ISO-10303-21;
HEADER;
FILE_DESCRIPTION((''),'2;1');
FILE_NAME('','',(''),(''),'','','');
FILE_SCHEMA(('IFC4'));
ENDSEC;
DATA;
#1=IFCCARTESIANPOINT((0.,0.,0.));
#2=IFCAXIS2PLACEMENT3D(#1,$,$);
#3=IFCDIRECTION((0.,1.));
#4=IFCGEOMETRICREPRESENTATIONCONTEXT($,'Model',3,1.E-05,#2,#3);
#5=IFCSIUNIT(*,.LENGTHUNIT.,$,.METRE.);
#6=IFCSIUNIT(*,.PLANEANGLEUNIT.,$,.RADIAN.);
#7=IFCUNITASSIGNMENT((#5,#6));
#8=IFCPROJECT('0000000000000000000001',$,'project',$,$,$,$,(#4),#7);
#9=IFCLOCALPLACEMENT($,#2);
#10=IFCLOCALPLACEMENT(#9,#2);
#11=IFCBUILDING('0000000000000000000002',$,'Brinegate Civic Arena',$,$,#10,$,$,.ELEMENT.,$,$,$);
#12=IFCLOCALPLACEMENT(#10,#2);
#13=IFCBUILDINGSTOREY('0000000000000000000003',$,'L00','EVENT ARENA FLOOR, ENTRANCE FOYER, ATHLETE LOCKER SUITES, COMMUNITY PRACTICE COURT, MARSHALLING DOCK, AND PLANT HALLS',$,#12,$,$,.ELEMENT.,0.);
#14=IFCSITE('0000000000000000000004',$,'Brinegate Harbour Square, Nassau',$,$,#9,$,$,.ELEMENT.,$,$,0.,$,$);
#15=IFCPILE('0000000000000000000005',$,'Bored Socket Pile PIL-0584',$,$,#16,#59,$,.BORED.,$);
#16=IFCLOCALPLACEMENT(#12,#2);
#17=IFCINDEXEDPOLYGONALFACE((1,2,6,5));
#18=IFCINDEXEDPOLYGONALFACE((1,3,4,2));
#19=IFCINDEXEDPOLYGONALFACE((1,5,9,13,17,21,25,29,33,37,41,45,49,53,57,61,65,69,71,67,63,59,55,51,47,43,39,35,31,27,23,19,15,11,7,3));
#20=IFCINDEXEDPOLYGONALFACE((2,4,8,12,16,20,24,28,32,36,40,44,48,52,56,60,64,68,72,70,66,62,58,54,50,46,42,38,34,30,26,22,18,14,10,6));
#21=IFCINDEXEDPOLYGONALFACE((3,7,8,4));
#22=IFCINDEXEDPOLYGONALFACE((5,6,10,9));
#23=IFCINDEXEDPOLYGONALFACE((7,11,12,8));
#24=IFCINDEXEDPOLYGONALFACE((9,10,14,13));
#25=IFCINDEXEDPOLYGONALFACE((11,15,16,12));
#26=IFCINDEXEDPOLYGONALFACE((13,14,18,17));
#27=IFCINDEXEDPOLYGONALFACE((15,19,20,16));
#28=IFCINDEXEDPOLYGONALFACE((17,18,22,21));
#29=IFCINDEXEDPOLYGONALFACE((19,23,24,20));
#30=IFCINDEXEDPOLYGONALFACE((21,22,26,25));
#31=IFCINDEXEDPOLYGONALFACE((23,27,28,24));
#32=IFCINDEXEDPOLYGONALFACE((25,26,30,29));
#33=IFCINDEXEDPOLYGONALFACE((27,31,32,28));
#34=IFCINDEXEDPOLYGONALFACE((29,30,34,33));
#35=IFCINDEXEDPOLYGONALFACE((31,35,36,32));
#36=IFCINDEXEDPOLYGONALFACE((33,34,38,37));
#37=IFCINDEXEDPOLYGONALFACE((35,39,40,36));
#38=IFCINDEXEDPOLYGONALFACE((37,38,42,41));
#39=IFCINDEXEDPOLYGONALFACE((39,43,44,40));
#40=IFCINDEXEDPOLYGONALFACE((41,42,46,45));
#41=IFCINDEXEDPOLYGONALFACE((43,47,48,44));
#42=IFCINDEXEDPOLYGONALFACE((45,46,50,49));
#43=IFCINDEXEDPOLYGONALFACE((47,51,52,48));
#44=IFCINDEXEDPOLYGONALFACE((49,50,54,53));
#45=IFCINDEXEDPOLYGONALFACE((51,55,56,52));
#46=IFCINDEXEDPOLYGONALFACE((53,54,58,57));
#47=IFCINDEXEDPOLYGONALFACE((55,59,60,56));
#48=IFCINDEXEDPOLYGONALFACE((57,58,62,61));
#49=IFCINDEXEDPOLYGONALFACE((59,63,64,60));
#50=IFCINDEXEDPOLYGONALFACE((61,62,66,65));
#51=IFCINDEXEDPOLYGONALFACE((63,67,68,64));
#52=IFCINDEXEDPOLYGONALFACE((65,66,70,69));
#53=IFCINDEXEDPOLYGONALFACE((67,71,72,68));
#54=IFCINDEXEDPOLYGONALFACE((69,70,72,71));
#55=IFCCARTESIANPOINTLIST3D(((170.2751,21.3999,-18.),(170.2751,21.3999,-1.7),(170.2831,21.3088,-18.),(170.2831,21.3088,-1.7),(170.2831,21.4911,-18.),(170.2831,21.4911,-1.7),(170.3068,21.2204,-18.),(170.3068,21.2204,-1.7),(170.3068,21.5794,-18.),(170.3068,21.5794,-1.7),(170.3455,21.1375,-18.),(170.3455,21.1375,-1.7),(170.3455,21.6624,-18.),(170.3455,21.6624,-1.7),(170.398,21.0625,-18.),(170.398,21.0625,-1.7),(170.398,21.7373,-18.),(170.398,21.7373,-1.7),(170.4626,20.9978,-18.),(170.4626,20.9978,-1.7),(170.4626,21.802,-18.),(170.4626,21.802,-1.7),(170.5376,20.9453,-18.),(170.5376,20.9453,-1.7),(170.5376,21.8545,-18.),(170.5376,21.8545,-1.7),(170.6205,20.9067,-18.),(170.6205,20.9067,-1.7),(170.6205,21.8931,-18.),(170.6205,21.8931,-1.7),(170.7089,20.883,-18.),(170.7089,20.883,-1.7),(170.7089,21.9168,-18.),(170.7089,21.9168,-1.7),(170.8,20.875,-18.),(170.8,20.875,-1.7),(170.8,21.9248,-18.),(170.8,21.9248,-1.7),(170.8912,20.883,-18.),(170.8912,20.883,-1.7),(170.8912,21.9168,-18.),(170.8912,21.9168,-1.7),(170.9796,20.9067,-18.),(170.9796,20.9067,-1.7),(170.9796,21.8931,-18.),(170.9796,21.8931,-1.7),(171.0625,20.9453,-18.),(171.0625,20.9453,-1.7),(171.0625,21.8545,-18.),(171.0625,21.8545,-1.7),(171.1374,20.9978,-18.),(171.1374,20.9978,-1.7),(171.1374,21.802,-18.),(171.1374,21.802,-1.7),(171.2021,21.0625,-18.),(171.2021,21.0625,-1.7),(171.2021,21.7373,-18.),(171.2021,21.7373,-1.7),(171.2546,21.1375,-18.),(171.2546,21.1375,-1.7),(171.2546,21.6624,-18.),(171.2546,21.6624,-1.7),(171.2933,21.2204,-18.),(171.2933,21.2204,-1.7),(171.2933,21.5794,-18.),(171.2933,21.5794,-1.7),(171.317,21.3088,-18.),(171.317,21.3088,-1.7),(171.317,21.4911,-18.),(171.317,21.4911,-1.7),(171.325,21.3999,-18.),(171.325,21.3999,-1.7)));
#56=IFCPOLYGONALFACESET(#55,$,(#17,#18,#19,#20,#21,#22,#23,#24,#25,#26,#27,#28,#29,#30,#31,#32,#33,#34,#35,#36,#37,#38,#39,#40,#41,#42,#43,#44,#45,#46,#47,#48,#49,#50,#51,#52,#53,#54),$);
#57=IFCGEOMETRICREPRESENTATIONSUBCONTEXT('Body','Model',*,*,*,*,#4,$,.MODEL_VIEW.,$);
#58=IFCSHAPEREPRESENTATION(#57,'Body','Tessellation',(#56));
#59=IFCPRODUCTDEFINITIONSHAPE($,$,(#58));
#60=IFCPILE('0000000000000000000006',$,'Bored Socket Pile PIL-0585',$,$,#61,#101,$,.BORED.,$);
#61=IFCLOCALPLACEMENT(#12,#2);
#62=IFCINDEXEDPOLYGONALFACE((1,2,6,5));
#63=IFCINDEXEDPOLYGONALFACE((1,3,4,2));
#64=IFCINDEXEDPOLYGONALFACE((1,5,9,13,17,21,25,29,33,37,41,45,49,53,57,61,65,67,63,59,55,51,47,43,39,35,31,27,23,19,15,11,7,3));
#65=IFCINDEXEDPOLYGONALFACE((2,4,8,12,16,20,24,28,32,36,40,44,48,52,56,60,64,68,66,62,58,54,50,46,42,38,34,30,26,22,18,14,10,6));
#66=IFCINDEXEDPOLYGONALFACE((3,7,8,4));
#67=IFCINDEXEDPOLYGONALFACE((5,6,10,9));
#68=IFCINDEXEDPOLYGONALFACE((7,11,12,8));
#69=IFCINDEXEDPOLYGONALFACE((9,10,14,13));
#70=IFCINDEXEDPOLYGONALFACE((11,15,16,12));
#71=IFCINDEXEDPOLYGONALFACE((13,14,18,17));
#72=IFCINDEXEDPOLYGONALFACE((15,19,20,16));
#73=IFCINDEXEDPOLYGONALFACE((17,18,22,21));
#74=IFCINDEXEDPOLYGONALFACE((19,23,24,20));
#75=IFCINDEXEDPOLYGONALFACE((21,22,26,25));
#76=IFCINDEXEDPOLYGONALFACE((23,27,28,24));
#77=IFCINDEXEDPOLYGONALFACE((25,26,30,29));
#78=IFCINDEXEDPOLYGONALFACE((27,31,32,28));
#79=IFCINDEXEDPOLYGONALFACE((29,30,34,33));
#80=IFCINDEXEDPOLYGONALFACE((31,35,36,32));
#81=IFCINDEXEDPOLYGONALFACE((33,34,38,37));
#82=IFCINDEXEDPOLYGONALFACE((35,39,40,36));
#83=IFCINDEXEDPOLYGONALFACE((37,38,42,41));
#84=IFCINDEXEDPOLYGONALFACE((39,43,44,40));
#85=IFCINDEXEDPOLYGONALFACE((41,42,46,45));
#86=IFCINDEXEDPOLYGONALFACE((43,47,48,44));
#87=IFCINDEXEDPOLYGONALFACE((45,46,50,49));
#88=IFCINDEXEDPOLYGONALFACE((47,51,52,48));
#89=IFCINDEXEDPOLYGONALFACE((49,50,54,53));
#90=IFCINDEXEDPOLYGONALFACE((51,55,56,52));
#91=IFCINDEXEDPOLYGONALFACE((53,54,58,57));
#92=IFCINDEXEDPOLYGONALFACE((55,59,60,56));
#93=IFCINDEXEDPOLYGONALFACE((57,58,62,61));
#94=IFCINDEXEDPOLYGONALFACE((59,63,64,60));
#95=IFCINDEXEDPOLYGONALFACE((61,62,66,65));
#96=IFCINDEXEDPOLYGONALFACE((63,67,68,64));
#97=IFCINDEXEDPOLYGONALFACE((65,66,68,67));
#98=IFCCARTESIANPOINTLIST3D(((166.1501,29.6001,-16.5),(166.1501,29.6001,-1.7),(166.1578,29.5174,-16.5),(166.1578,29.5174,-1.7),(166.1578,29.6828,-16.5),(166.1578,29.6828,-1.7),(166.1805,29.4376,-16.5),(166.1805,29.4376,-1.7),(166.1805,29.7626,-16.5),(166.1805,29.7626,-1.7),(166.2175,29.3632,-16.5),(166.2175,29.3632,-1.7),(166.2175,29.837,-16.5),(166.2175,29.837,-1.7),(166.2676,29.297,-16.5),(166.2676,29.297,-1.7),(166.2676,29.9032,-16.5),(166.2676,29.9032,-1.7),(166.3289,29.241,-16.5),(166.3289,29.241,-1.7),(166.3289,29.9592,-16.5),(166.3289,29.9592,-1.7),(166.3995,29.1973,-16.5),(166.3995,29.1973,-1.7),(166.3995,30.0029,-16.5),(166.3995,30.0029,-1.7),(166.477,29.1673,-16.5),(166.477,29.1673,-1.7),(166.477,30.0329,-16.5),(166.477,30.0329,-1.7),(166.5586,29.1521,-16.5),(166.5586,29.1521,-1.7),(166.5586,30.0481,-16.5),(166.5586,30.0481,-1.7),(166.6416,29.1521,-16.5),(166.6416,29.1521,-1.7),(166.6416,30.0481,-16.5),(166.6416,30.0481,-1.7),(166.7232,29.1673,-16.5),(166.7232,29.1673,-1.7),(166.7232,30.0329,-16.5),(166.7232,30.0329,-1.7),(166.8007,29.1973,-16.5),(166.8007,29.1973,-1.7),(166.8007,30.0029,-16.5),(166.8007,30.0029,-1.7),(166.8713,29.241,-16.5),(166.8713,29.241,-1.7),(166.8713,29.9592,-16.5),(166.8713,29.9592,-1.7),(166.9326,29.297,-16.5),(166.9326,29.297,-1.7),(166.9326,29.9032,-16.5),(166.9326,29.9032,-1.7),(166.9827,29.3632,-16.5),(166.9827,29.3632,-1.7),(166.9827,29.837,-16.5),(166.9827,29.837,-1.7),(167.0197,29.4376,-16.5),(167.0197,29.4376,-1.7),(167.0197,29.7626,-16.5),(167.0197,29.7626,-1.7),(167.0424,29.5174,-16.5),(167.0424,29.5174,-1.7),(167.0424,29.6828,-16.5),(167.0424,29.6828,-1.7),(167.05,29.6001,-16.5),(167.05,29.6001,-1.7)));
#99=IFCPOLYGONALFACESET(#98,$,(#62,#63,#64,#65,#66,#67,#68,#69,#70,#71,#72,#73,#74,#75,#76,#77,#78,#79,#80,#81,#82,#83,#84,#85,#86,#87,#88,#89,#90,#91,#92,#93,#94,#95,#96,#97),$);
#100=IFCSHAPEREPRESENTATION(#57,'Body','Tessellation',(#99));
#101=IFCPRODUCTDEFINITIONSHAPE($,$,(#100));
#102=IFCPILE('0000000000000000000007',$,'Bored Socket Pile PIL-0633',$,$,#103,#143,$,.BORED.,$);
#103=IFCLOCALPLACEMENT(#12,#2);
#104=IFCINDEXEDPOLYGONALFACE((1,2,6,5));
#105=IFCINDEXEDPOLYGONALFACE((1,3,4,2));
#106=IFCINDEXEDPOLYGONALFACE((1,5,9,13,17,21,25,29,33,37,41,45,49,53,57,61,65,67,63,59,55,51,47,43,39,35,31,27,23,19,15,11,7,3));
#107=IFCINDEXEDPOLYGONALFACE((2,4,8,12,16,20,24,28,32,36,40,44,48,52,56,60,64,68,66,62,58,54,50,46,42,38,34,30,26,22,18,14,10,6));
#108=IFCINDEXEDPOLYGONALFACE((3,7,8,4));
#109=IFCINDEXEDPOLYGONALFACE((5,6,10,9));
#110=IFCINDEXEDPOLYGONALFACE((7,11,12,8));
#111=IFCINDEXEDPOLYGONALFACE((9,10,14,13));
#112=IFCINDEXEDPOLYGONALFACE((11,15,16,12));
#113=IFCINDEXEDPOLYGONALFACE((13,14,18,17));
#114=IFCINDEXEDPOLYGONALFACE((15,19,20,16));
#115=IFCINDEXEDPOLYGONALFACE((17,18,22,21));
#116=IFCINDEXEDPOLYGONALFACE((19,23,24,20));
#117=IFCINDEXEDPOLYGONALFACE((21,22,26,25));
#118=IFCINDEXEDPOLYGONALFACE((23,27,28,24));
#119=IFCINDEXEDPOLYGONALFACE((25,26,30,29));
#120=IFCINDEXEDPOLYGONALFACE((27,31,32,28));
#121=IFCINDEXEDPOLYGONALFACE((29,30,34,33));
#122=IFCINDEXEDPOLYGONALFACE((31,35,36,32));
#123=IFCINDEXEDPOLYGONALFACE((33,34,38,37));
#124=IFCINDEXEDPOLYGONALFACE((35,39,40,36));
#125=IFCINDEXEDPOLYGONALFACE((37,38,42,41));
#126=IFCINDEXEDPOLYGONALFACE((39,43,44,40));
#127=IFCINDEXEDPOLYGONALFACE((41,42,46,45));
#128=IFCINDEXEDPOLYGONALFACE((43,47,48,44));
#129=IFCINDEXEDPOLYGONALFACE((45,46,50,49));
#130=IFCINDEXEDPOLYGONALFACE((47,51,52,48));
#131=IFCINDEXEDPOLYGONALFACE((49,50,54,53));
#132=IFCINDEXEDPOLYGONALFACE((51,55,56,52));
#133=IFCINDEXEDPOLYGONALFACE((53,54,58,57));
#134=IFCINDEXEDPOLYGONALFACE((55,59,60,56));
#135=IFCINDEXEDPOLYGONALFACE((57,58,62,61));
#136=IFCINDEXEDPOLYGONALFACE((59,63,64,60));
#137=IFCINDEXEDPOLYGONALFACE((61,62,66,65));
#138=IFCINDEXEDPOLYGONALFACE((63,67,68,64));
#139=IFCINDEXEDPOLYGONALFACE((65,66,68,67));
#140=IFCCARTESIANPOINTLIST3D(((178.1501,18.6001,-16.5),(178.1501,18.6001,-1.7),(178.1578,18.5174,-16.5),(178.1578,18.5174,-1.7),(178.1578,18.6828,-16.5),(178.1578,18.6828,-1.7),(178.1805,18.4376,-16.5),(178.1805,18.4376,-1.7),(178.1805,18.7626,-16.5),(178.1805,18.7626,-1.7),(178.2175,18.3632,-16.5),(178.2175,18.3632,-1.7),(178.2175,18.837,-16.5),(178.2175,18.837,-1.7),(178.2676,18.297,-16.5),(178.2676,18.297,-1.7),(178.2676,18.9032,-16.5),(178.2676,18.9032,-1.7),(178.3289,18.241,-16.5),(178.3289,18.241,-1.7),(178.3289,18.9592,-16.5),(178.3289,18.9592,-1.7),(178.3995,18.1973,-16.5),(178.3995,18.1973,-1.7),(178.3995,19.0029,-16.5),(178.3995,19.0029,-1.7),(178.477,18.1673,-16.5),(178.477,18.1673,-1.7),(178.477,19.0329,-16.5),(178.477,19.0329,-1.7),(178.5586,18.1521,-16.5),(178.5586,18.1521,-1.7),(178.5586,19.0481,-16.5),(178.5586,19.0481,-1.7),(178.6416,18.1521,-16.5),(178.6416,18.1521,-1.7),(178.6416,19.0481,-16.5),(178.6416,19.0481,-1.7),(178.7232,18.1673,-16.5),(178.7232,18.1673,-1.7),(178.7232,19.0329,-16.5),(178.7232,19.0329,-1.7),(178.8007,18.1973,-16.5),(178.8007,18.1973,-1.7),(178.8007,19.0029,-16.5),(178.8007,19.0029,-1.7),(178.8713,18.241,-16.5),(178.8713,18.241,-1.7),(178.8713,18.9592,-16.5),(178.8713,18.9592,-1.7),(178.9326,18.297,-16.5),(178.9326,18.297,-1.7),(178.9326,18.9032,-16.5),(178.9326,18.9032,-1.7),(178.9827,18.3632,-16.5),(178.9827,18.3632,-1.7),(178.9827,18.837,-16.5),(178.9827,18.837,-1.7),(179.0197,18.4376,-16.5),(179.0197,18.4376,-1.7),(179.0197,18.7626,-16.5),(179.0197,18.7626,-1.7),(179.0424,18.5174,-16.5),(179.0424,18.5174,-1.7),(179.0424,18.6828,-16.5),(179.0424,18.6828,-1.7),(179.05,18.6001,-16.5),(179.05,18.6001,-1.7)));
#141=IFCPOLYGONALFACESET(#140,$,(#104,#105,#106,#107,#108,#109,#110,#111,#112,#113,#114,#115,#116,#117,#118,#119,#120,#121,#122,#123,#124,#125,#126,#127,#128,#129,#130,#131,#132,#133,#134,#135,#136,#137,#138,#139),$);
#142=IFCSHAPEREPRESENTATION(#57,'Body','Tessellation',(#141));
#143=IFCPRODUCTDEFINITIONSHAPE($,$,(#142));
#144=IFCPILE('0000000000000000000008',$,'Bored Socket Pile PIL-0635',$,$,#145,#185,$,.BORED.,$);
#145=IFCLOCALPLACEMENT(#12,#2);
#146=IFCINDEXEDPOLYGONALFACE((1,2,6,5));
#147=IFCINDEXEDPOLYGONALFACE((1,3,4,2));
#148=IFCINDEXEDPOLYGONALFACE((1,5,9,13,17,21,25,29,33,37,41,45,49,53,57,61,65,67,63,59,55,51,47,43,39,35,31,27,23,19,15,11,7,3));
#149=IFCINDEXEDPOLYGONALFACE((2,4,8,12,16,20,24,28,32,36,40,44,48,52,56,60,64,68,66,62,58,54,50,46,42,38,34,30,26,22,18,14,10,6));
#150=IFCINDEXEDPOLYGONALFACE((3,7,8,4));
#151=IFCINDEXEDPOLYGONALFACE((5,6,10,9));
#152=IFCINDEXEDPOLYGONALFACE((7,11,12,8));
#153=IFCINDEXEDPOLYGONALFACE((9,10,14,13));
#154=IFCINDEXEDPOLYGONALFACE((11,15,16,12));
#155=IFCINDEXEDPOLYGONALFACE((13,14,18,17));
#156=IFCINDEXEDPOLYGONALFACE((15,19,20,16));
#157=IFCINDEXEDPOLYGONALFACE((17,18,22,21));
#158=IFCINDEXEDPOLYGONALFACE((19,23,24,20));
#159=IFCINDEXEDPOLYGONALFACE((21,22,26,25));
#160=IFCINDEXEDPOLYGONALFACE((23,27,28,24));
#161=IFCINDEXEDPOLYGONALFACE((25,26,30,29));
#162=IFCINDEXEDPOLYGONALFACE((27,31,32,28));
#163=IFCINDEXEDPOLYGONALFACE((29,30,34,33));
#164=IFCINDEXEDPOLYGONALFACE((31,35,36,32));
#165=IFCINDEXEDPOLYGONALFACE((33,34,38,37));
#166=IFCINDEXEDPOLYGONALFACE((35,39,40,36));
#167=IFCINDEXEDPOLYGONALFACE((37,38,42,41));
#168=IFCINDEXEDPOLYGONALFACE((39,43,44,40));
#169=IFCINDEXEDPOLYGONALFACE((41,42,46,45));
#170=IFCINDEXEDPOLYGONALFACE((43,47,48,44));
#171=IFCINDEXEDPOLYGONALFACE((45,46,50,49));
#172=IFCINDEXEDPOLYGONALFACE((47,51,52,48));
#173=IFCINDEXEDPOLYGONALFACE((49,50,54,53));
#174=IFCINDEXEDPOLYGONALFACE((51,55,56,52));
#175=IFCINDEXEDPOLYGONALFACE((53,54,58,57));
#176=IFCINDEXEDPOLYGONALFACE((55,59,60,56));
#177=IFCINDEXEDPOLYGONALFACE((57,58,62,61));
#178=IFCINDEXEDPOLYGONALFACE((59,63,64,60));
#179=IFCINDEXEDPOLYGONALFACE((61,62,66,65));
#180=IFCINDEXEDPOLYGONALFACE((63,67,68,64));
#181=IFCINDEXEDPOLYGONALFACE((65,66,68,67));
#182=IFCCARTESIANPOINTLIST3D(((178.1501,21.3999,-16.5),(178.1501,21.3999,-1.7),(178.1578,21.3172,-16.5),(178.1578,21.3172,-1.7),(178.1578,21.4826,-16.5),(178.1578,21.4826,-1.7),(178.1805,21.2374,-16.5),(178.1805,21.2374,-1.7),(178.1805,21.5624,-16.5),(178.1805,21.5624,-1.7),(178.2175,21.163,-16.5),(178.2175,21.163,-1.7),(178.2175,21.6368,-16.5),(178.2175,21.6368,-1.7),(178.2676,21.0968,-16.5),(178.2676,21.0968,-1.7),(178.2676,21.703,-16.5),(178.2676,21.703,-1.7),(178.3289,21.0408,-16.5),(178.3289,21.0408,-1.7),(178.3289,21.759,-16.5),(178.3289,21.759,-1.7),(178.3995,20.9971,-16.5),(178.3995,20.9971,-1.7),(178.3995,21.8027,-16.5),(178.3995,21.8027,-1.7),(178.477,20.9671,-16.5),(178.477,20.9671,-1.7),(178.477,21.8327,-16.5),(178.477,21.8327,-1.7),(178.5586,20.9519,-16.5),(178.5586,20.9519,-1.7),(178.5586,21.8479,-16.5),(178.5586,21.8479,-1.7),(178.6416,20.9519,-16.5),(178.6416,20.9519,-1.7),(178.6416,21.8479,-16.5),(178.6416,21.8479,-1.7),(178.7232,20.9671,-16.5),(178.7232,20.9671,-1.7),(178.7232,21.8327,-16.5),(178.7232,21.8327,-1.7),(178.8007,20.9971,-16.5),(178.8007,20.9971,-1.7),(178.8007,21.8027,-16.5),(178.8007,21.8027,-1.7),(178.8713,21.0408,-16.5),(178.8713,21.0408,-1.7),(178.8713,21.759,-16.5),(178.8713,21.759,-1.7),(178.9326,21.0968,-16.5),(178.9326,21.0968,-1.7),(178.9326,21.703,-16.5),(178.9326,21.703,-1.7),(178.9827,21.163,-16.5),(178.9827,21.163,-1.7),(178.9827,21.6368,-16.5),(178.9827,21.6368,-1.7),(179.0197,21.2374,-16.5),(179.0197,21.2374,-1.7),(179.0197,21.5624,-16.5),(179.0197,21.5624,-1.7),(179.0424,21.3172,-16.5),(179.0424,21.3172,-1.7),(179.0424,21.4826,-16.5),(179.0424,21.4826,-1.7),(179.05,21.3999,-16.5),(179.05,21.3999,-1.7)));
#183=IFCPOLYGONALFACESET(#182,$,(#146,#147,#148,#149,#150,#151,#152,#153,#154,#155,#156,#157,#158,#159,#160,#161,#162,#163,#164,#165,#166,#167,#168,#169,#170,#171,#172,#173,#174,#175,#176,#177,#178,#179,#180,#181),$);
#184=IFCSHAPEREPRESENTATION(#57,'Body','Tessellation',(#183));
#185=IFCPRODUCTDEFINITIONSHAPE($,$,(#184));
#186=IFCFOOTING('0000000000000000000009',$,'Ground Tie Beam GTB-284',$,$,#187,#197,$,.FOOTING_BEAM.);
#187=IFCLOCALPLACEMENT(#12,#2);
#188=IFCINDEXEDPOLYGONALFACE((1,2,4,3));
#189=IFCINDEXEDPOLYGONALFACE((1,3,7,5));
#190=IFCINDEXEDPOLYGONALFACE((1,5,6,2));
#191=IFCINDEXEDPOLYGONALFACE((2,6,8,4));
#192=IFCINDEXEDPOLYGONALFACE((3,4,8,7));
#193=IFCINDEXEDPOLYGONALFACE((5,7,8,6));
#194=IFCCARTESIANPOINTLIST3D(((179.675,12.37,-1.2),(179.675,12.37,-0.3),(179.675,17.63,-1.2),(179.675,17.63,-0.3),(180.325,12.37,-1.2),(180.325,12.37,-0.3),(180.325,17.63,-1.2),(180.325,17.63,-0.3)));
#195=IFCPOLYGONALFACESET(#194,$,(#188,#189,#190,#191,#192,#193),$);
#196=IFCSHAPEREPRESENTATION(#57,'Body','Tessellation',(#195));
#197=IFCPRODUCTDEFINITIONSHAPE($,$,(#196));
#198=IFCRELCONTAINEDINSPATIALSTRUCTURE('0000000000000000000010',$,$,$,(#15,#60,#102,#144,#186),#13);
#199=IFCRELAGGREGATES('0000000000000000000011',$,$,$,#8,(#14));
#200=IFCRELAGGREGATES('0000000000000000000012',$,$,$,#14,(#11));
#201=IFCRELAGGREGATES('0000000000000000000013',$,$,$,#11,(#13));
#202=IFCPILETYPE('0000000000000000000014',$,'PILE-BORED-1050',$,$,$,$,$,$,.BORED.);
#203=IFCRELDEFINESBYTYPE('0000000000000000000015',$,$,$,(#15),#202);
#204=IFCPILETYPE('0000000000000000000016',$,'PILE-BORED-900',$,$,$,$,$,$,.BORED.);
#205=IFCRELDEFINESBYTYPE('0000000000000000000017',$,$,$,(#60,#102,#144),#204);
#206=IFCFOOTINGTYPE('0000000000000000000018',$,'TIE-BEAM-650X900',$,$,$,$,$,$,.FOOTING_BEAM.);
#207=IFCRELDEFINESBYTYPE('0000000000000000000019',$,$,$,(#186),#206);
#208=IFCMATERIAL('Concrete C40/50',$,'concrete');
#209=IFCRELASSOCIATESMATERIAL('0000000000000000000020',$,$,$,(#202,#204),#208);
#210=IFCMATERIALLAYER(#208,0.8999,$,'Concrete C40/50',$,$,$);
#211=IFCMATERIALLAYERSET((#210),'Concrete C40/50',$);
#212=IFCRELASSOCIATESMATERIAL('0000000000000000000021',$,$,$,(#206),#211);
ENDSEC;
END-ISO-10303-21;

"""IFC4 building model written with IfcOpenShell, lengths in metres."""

from ifc_helpers import new_model, si_unit, direction, frame, origin, origin_2d, place, context, subcontext, project, spatial, rectangle, circle, extrude, material, layer, layer_set, material_profile, profile_set, type_object, element, save


model = new_model("IFC4")

# Units and contexts
model_context = context("Model", 3, precision=1e-05, world=origin(), true_north=direction((0.0, 1.0)))
body_context = subcontext(model_context, "Body", "Model", "MODEL_VIEW")
ifc_project = project(units=[si_unit("LENGTHUNIT", "METRE"), si_unit("PLANEANGLEUNIT", "RADIAN")], contexts=[model_context])

# Site, building, storey
site_placement = place(None, origin())
site = spatial("IfcSite", under=ifc_project, at=site_placement, Name="Brinegate Harbour Square, Nassau", CompositionType="ELEMENT", RefElevation=0.0)
building_placement = place(site_placement, origin())
building = spatial("IfcBuilding", under=site, at=building_placement, Name="Brinegate Civic Arena", CompositionType="ELEMENT")
storey_placement = place(building_placement, origin())
storey = spatial("IfcBuildingStorey", under=building, at=storey_placement, Name="L00", Description="EVENT ARENA FLOOR, ENTRANCE FOYER, ATHLETE LOCKER SUITES, COMMUNITY PRACTICE COURT, MARSHALLING DOCK, AND PLANT HALLS", CompositionType="ELEMENT", Elevation=0.0)

# Shared definitions
ifc_material_1 = material(Name="Concrete C40/50", Category="concrete")

# Piles
ifc_material_profile_1 = material_profile(ifc_material_1, circle(Radius=0.5249, at=origin_2d()), Name="PILED1050")
ifc_profile_set_1 = profile_set([ifc_material_profile_1], Name="Concrete C40/50")
pile_type_1 = type_object("IfcPileType", Name="PILE-BORED-1050", PredefinedType="BORED", material=ifc_profile_set_1)
for number, where, z_axis, x_axis, name in (
    (1, (170.8, 21.3999, -1.7), (0.0, 0.0, -1.0), (1.0, 0.0, 0.0), "Bored Socket Pile PIL-0584"),
):
    element("IfcPile", number, at=place(storey_placement, frame(where, z_axis=z_axis, x_axis=x_axis)), inside=storey, type_object=pile_type_1, Name=name, PredefinedType="BORED", context=body_context, shape_type="SweptSolid", body=[
        extrude(circle(Radius=0.5249, at=origin_2d()), origin(), (0.0, 0.0, 1.0), 16.3),
    ])
ifc_material_profile_2 = material_profile(ifc_material_1, circle(Radius=0.45, at=origin_2d()), Name="PILED900")
ifc_profile_set_2 = profile_set([ifc_material_profile_2], Name="Concrete C40/50")
pile_type_2 = type_object("IfcPileType", Name="PILE-BORED-900", PredefinedType="BORED", material=ifc_profile_set_2)
for number, where, z_axis, x_axis, name in (
    (2, (166.6001, 29.6001, -1.7), (0.0, 0.0, -1.0), (1.0, 0.0, 0.0), "Bored Socket Pile PIL-0585"),
    (3, (178.6001, 18.6001, -1.7), (0.0, 0.0, -1.0), (1.0, 0.0, 0.0), "Bored Socket Pile PIL-0633"),
    (4, (178.6001, 21.3999, -1.7), (0.0, 0.0, -1.0), (1.0, 0.0, 0.0), "Bored Socket Pile PIL-0635"),
):
    element("IfcPile", number, at=place(storey_placement, frame(where, z_axis=z_axis, x_axis=x_axis)), inside=storey, type_object=pile_type_2, Name=name, PredefinedType="BORED", context=body_context, shape_type="SweptSolid", body=[
        extrude(circle(Radius=0.45, at=origin_2d()), origin(), (0.0, 0.0, 1.0), 14.8),
    ])

# Footing
ifc_layer_1 = layer(ifc_material_1, 0.8999, Name="Concrete C40/50")
ifc_layer_set_1 = layer_set([ifc_layer_1], Name="Concrete C40/50")
footing_type_1 = type_object("IfcFootingType", Name="TIE-BEAM-650X900", PredefinedType="FOOTING_BEAM", material=ifc_layer_set_1)
footing_1_placement = place(storey_placement, frame((180.0, 15.0, -1.2), z_axis=(0.0, 0.0, 1.0), x_axis=(0.0, 1.0, 0.0)))
element("IfcFooting", 5, at=footing_1_placement, inside=storey, type_object=footing_type_1, Name="Ground Tie Beam GTB-284", PredefinedType="FOOTING_BEAM", context=body_context, shape_type="SweptSolid", body=[
    extrude(rectangle(XDim=5.26, YDim=0.6499, at=origin_2d()), origin(), (0.0, 0.0, 1.0), 0.8999),
])

save(model, "model.ifc")
